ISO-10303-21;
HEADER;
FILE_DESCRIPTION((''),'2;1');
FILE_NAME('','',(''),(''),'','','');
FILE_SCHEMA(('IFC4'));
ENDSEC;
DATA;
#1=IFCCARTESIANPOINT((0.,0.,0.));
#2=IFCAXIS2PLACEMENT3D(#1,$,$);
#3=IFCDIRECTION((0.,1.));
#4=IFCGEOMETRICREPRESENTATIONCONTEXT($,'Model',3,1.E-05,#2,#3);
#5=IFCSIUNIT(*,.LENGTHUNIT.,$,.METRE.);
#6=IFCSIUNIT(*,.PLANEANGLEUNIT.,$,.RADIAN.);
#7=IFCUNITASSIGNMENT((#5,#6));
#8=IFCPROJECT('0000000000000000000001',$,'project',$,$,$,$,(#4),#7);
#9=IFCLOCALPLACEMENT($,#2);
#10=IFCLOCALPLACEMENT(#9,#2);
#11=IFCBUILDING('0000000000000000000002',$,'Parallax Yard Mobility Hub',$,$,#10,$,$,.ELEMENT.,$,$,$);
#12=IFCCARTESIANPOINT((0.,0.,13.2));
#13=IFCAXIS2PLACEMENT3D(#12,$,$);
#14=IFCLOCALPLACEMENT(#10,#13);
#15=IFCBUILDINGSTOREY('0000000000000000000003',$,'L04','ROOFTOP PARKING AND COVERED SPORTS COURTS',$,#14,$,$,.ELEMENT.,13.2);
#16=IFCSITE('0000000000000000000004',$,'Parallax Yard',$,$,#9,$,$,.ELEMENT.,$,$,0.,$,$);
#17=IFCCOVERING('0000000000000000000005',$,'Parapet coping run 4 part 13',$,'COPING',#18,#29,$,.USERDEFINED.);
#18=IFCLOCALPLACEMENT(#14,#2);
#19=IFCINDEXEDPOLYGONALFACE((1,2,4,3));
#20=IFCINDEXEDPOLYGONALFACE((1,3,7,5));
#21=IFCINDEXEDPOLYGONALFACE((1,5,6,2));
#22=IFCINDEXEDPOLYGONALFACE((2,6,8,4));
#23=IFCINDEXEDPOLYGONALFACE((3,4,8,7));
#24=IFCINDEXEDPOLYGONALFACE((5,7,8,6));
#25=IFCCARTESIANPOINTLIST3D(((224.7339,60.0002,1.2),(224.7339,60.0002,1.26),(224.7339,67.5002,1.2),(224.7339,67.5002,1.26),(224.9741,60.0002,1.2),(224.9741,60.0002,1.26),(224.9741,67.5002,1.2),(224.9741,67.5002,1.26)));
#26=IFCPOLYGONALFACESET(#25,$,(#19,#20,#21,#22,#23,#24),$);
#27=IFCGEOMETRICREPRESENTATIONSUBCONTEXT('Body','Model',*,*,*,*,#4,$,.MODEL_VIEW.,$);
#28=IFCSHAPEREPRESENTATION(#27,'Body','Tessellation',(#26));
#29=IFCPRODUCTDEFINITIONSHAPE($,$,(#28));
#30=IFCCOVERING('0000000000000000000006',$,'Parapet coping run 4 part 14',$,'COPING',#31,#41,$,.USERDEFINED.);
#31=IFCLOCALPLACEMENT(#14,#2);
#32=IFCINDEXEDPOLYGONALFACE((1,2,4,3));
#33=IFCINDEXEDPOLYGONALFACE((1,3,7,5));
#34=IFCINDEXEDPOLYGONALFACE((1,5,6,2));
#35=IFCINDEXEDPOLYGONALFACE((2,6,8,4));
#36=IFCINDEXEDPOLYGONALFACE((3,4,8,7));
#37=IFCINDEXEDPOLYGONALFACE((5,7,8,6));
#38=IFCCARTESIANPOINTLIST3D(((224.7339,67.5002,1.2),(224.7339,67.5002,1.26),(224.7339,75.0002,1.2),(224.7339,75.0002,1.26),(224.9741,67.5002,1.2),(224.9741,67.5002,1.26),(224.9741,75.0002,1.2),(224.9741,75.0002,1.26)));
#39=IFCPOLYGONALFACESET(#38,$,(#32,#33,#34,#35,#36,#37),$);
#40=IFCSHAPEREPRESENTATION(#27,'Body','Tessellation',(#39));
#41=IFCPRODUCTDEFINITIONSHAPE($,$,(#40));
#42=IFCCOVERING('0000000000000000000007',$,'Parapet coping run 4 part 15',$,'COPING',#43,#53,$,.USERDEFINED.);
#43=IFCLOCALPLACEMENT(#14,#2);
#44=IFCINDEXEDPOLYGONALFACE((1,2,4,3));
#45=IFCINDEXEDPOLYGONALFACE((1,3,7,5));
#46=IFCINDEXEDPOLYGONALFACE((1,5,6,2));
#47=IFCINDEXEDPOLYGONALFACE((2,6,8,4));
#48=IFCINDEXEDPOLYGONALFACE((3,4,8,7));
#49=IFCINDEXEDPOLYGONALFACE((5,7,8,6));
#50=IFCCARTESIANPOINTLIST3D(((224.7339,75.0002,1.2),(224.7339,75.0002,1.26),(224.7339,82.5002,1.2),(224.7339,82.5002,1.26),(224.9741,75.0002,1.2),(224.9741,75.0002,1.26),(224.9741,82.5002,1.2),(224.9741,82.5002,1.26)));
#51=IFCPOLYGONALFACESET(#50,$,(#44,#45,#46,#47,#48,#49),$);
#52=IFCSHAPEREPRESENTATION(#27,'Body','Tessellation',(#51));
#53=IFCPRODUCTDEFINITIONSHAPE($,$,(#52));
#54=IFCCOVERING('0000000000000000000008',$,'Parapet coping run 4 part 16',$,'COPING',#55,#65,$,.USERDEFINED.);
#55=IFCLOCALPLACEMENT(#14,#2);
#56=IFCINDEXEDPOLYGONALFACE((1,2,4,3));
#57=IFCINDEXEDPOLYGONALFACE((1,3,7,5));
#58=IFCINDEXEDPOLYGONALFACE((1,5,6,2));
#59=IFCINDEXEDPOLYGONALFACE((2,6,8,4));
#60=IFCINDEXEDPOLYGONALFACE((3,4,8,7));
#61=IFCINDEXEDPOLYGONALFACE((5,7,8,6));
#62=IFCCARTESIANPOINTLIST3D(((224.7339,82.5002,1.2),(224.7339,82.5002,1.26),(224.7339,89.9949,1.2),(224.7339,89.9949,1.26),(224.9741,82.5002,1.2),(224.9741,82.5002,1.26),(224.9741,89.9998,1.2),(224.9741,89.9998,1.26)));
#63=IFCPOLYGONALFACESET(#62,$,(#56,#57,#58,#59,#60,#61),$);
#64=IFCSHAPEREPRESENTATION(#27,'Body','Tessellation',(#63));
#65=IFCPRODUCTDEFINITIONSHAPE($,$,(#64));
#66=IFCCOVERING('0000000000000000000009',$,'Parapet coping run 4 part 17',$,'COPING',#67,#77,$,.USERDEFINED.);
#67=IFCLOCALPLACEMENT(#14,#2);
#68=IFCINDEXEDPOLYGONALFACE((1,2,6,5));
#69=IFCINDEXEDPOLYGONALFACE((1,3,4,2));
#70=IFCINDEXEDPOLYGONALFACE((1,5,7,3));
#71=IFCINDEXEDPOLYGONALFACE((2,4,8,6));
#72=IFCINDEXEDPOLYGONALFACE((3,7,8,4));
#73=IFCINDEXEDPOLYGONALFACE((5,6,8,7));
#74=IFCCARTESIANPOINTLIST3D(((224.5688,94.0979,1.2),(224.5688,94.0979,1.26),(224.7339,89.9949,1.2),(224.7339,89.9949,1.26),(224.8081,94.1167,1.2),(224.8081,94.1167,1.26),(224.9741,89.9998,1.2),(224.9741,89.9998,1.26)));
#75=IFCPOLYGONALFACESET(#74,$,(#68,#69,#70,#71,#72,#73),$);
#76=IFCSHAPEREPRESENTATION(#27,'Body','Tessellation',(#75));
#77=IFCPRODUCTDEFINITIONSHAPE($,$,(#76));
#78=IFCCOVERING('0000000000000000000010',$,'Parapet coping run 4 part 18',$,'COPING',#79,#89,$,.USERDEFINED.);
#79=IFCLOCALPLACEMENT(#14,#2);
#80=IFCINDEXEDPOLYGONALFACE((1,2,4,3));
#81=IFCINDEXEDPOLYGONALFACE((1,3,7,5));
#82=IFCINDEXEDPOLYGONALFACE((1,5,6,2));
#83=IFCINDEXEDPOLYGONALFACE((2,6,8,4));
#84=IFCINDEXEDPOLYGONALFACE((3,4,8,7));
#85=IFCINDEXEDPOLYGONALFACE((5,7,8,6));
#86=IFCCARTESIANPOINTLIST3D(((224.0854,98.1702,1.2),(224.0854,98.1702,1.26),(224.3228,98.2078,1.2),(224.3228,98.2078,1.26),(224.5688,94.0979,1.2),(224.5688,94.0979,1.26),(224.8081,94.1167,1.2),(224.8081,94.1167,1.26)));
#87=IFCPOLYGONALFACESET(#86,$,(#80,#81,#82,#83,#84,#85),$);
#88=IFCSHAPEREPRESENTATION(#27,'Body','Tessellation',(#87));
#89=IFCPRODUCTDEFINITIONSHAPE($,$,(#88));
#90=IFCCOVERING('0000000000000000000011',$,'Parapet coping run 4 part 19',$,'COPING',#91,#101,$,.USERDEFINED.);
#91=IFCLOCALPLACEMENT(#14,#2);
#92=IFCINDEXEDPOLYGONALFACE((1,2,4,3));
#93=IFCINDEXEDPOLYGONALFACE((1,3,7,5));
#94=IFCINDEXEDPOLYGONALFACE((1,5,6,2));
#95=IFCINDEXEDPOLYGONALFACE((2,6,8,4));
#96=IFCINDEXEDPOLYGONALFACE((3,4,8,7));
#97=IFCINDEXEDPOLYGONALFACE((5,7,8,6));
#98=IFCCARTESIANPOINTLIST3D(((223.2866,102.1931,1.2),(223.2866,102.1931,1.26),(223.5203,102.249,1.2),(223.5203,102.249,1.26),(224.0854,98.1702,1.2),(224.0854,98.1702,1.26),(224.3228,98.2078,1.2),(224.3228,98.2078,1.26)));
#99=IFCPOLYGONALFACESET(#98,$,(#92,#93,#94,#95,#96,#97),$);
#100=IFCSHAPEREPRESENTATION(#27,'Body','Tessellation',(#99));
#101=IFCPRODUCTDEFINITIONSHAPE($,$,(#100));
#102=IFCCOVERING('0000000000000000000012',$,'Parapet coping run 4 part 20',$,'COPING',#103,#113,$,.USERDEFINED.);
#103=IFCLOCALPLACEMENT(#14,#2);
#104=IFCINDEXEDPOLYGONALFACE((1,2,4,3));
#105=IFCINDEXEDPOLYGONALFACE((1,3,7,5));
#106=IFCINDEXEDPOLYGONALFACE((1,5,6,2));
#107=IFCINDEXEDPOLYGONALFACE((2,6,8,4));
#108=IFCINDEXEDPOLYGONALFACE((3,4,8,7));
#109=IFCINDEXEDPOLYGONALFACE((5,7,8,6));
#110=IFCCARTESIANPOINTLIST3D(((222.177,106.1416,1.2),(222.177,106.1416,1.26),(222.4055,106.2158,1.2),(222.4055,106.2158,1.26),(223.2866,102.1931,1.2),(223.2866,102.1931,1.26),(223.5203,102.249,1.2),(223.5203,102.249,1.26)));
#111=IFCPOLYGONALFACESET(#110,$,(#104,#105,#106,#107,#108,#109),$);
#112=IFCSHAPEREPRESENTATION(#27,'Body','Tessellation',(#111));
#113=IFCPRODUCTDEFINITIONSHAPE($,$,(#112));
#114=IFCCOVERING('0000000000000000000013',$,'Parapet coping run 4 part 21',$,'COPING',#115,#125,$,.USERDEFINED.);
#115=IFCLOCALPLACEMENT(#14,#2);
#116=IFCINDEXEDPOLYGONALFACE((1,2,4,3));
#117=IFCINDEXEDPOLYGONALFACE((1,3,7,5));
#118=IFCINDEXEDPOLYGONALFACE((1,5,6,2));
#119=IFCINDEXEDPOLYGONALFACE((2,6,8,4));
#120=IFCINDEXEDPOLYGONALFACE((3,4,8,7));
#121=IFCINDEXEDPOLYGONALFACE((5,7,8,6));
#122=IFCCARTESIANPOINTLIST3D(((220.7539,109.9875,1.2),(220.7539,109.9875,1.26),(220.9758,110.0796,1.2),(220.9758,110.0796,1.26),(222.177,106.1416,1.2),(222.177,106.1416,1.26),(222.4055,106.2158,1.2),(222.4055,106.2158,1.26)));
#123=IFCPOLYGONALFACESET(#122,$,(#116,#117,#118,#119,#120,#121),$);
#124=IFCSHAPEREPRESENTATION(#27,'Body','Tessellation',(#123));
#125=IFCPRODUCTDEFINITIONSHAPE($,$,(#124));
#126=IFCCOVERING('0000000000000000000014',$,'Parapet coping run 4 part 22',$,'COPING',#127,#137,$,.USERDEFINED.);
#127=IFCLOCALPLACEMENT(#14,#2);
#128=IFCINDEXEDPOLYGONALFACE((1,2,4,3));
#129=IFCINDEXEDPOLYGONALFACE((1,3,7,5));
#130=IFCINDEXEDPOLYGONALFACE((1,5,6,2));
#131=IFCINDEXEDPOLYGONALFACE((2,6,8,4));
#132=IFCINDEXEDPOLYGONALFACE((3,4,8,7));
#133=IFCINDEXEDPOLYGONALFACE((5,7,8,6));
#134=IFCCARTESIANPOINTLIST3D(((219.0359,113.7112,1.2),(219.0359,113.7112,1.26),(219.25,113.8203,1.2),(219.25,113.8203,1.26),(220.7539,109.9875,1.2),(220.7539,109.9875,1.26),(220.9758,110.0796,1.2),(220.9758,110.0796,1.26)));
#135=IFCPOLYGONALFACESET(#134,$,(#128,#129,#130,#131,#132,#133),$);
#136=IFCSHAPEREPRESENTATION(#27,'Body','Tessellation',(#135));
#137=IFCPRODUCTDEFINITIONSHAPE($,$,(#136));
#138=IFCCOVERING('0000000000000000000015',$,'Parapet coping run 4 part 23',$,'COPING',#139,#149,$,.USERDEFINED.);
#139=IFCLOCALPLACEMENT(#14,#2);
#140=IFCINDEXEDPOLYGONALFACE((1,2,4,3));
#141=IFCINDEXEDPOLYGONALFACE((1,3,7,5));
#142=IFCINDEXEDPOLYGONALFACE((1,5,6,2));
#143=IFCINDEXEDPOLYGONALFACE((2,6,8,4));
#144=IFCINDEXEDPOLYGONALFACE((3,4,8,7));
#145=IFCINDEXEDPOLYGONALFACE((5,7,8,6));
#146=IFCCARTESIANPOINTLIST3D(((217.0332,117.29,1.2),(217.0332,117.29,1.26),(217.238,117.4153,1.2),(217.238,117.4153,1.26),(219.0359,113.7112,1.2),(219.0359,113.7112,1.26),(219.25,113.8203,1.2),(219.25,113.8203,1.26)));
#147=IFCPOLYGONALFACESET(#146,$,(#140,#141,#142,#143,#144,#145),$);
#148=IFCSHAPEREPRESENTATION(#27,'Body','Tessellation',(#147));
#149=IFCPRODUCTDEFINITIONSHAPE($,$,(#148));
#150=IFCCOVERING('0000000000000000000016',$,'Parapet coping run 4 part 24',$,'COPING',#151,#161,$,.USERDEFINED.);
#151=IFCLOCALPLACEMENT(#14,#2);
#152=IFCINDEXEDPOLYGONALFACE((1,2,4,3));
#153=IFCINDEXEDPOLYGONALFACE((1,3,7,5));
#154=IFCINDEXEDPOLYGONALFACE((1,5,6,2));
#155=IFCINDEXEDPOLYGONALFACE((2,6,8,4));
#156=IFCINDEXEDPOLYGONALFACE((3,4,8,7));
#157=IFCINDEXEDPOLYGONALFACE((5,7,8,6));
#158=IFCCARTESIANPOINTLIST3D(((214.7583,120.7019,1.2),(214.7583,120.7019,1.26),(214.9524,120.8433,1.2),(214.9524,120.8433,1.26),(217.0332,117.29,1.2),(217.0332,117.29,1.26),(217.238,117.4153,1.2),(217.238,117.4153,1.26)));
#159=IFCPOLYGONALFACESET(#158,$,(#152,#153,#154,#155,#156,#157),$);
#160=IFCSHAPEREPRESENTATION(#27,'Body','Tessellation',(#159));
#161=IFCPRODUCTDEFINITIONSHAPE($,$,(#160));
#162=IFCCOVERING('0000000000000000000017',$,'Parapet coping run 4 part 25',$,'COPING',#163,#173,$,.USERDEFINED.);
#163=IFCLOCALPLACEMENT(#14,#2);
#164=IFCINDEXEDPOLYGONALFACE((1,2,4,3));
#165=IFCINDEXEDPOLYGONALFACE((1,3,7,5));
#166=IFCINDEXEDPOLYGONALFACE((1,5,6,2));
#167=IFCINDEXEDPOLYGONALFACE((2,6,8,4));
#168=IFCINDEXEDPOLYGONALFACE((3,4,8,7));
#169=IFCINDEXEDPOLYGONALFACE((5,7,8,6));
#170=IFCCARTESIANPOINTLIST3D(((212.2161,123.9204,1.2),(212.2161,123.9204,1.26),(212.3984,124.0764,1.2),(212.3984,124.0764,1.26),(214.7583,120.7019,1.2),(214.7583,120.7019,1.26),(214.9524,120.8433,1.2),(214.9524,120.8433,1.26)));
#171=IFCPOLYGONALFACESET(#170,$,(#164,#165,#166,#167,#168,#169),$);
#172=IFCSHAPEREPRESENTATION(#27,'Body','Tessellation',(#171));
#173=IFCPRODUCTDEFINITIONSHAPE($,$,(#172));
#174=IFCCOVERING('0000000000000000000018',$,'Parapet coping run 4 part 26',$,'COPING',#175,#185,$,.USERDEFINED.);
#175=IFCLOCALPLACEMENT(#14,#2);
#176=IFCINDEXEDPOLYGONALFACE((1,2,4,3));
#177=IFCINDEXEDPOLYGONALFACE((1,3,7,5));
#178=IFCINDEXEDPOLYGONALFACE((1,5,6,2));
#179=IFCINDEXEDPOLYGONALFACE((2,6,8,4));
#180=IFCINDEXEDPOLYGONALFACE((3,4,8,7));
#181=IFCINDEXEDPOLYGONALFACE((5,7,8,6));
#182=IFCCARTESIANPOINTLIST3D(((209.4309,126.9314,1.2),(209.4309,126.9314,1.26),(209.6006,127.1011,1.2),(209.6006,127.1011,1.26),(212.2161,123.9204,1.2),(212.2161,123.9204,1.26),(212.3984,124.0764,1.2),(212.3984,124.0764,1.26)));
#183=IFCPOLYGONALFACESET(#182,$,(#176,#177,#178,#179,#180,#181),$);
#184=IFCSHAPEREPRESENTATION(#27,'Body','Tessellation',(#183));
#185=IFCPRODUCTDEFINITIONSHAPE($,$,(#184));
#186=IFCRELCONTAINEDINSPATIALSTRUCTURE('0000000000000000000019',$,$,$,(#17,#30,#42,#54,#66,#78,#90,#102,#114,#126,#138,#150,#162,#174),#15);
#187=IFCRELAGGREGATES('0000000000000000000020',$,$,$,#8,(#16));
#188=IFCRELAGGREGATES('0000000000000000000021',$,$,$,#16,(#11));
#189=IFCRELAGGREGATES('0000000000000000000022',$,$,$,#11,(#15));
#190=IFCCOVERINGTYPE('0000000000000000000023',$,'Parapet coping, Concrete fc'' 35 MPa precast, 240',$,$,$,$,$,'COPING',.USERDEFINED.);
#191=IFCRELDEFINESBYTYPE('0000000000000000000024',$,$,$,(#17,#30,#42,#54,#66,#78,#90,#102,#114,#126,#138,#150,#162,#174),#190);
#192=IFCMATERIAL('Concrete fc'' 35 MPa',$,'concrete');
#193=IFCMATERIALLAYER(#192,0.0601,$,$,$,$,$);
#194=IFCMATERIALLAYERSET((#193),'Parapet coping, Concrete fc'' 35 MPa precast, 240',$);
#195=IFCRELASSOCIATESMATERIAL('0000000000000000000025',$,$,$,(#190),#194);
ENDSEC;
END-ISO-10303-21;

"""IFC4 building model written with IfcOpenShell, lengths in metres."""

from ifc_helpers import new_model, si_unit, direction, frame, origin, place, context, subcontext, project, spatial, polyline, outline, extrude, material, layer, layer_set, type_object, element, save


model = new_model("IFC4")

# Units and contexts
model_context = context("Model", 3, precision=1e-05, world=origin(), true_north=direction((0.0, 1.0)))
body_context = subcontext(model_context, "Body", "Model", "MODEL_VIEW")
ifc_project = project(units=[si_unit("LENGTHUNIT", "METRE"), si_unit("PLANEANGLEUNIT", "RADIAN")], contexts=[model_context])

# Site, building, storey
site_placement = place(None, origin())
site = spatial("IfcSite", under=ifc_project, at=site_placement, Name="Parallax Yard", CompositionType="ELEMENT", RefElevation=0.0)
building_placement = place(site_placement, origin())
building = spatial("IfcBuilding", under=site, at=building_placement, Name="Parallax Yard Mobility Hub", CompositionType="ELEMENT")
storey_placement = place(building_placement, frame((0.0, 0.0, 13.2)))
storey = spatial("IfcBuildingStorey", under=building, at=storey_placement, Name="L04", Description="ROOFTOP PARKING AND COVERED SPORTS COURTS", CompositionType="ELEMENT", Elevation=13.2)

# Coverings
ifc_material = material(Name="Concrete fc' 35 MPa", Category="concrete")
ifc_layer = layer(ifc_material, 0.0601)
ifc_layer_set = layer_set([ifc_layer], Name="Parapet coping, Concrete fc' 35 MPa precast, 240")
covering_type = type_object("IfcCoveringType", Name="Parapet coping, Concrete fc' 35 MPa precast, 240", ElementType="COPING", PredefinedType="USERDEFINED", material=ifc_layer_set)
covering_1_placement = place(storey_placement, frame((0.0, 0.0, 1.2)))
element("IfcCovering", 1, at=covering_1_placement, inside=storey, type_object=covering_type, Name="Parapet coping run 4 part 13", ObjectType="COPING", PredefinedType="USERDEFINED", context=body_context, shape_type="SweptSolid", body=[
    extrude(outline(polyline([(224.7339, 60.0002), (224.9741, 60.0002), (224.9741, 67.5002), (224.7339, 67.5002), (224.7339, 60.0002)])), origin(), (0.0, 0.0, 1.0), 0.0601),
])
covering_2_placement = place(storey_placement, frame((0.0, 0.0, 1.2)))
element("IfcCovering", 2, at=covering_2_placement, inside=storey, type_object=covering_type, Name="Parapet coping run 4 part 14", ObjectType="COPING", PredefinedType="USERDEFINED", context=body_context, shape_type="SweptSolid", body=[
    extrude(outline(polyline([(224.7339, 67.5002), (224.9741, 67.5002), (224.9741, 75.0002), (224.7339, 75.0002), (224.7339, 67.5002)])), origin(), (0.0, 0.0, 1.0), 0.0601),
])
covering_3_placement = place(storey_placement, frame((0.0, 0.0, 1.2)))
element("IfcCovering", 3, at=covering_3_placement, inside=storey, type_object=covering_type, Name="Parapet coping run 4 part 15", ObjectType="COPING", PredefinedType="USERDEFINED", context=body_context, shape_type="SweptSolid", body=[
    extrude(outline(polyline([(224.7339, 75.0002), (224.9741, 75.0002), (224.9741, 82.5002), (224.7339, 82.5002), (224.7339, 75.0002)])), origin(), (0.0, 0.0, 1.0), 0.0601),
])
covering_4_placement = place(storey_placement, frame((0.0, 0.0, 1.2)))
element("IfcCovering", 4, at=covering_4_placement, inside=storey, type_object=covering_type, Name="Parapet coping run 4 part 16", ObjectType="COPING", PredefinedType="USERDEFINED", context=body_context, shape_type="SweptSolid", body=[
    extrude(outline(polyline([(224.7339, 82.5002), (224.9741, 82.5002), (224.9741, 89.9998), (224.7339, 89.9949), (224.7339, 82.5002)])), origin(), (0.0, 0.0, 1.0), 0.0601),
])
covering_5_placement = place(storey_placement, frame((0.0, 0.0, 1.2)))
element("IfcCovering", 5, at=covering_5_placement, inside=storey, type_object=covering_type, Name="Parapet coping run 4 part 17", ObjectType="COPING", PredefinedType="USERDEFINED", context=body_context, shape_type="SweptSolid", body=[
    extrude(outline(polyline([(224.7339, 89.9949), (224.9741, 89.9998), (224.8081, 94.1167), (224.5688, 94.0979), (224.7339, 89.9949)])), origin(), (0.0, 0.0, 1.0), 0.0601),
])
covering_6_placement = place(storey_placement, frame((0.0, 0.0, 1.2)))
element("IfcCovering", 6, at=covering_6_placement, inside=storey, type_object=covering_type, Name="Parapet coping run 4 part 18", ObjectType="COPING", PredefinedType="USERDEFINED", context=body_context, shape_type="SweptSolid", body=[
    extrude(outline(polyline([(224.5688, 94.0979), (224.8081, 94.1167), (224.3228, 98.2078), (224.0854, 98.1702), (224.5688, 94.0979)])), origin(), (0.0, 0.0, 1.0), 0.0601),
])
covering_7_placement = place(storey_placement, frame((0.0, 0.0, 1.2)))
element("IfcCovering", 7, at=covering_7_placement, inside=storey, type_object=covering_type, Name="Parapet coping run 4 part 19", ObjectType="COPING", PredefinedType="USERDEFINED", context=body_context, shape_type="SweptSolid", body=[
    extrude(outline(polyline([(224.0854, 98.1702), (224.3228, 98.2078), (223.5203, 102.249), (223.2866, 102.1931), (224.0854, 98.1702)])), origin(), (0.0, 0.0, 1.0), 0.0601),
])
covering_8_placement = place(storey_placement, frame((0.0, 0.0, 1.2)))
element("IfcCovering", 8, at=covering_8_placement, inside=storey, type_object=covering_type, Name="Parapet coping run 4 part 20", ObjectType="COPING", PredefinedType="USERDEFINED", context=body_context, shape_type="SweptSolid", body=[
    extrude(outline(polyline([(223.2866, 102.1931), (223.5203, 102.249), (222.4055, 106.2158), (222.177, 106.1416), (223.2866, 102.1931)])), origin(), (0.0, 0.0, 1.0), 0.0601),
])
covering_9_placement = place(storey_placement, frame((0.0, 0.0, 1.2)))
element("IfcCovering", 9, at=covering_9_placement, inside=storey, type_object=covering_type, Name="Parapet coping run 4 part 21", ObjectType="COPING", PredefinedType="USERDEFINED", context=body_context, shape_type="SweptSolid", body=[
    extrude(outline(polyline([(222.177, 106.1416), (222.4055, 106.2158), (220.9758, 110.0796), (220.7539, 109.9875), (222.177, 106.1416)])), origin(), (0.0, 0.0, 1.0), 0.0601),
])
covering_10_placement = place(storey_placement, frame((0.0, 0.0, 1.2)))
element("IfcCovering", 10, at=covering_10_placement, inside=storey, type_object=covering_type, Name="Parapet coping run 4 part 22", ObjectType="COPING", PredefinedType="USERDEFINED", context=body_context, shape_type="SweptSolid", body=[
    extrude(outline(polyline([(220.7539, 109.9875), (220.9758, 110.0796), (219.25, 113.8203), (219.0359, 113.7112), (220.7539, 109.9875)])), origin(), (0.0, 0.0, 1.0), 0.0601),
])
covering_11_placement = place(storey_placement, frame((0.0, 0.0, 1.2)))
element("IfcCovering", 11, at=covering_11_placement, inside=storey, type_object=covering_type, Name="Parapet coping run 4 part 23", ObjectType="COPING", PredefinedType="USERDEFINED", context=body_context, shape_type="SweptSolid", body=[
    extrude(outline(polyline([(219.0359, 113.7112), (219.25, 113.8203), (217.238, 117.4153), (217.0332, 117.29), (219.0359, 113.7112)])), origin(), (0.0, 0.0, 1.0), 0.0601),
])
covering_12_placement = place(storey_placement, frame((0.0, 0.0, 1.2)))
element("IfcCovering", 12, at=covering_12_placement, inside=storey, type_object=covering_type, Name="Parapet coping run 4 part 24", ObjectType="COPING", PredefinedType="USERDEFINED", context=body_context, shape_type="SweptSolid", body=[
    extrude(outline(polyline([(217.0332, 117.29), (217.238, 117.4153), (214.9524, 120.8433), (214.7583, 120.7019), (217.0332, 117.29)])), origin(), (0.0, 0.0, 1.0), 0.0601),
])
covering_13_placement = place(storey_placement, frame((0.0, 0.0, 1.2)))
element("IfcCovering", 13, at=covering_13_placement, inside=storey, type_object=covering_type, Name="Parapet coping run 4 part 25", ObjectType="COPING", PredefinedType="USERDEFINED", context=body_context, shape_type="SweptSolid", body=[
    extrude(outline(polyline([(214.7583, 120.7019), (214.9524, 120.8433), (212.3984, 124.0764), (212.2161, 123.9204), (214.7583, 120.7019)])), origin(), (0.0, 0.0, 1.0), 0.0601),
])
covering_14_placement = place(storey_placement, frame((0.0, 0.0, 1.2)))
element("IfcCovering", 14, at=covering_14_placement, inside=storey, type_object=covering_type, Name="Parapet coping run 4 part 26", ObjectType="COPING", PredefinedType="USERDEFINED", context=body_context, shape_type="SweptSolid", body=[
    extrude(outline(polyline([(212.2161, 123.9204), (212.3984, 124.0764), (209.6006, 127.1011), (209.4309, 126.9314), (212.2161, 123.9204)])), origin(), (0.0, 0.0, 1.0), 0.0601),
])

save(model, "model.ifc")
